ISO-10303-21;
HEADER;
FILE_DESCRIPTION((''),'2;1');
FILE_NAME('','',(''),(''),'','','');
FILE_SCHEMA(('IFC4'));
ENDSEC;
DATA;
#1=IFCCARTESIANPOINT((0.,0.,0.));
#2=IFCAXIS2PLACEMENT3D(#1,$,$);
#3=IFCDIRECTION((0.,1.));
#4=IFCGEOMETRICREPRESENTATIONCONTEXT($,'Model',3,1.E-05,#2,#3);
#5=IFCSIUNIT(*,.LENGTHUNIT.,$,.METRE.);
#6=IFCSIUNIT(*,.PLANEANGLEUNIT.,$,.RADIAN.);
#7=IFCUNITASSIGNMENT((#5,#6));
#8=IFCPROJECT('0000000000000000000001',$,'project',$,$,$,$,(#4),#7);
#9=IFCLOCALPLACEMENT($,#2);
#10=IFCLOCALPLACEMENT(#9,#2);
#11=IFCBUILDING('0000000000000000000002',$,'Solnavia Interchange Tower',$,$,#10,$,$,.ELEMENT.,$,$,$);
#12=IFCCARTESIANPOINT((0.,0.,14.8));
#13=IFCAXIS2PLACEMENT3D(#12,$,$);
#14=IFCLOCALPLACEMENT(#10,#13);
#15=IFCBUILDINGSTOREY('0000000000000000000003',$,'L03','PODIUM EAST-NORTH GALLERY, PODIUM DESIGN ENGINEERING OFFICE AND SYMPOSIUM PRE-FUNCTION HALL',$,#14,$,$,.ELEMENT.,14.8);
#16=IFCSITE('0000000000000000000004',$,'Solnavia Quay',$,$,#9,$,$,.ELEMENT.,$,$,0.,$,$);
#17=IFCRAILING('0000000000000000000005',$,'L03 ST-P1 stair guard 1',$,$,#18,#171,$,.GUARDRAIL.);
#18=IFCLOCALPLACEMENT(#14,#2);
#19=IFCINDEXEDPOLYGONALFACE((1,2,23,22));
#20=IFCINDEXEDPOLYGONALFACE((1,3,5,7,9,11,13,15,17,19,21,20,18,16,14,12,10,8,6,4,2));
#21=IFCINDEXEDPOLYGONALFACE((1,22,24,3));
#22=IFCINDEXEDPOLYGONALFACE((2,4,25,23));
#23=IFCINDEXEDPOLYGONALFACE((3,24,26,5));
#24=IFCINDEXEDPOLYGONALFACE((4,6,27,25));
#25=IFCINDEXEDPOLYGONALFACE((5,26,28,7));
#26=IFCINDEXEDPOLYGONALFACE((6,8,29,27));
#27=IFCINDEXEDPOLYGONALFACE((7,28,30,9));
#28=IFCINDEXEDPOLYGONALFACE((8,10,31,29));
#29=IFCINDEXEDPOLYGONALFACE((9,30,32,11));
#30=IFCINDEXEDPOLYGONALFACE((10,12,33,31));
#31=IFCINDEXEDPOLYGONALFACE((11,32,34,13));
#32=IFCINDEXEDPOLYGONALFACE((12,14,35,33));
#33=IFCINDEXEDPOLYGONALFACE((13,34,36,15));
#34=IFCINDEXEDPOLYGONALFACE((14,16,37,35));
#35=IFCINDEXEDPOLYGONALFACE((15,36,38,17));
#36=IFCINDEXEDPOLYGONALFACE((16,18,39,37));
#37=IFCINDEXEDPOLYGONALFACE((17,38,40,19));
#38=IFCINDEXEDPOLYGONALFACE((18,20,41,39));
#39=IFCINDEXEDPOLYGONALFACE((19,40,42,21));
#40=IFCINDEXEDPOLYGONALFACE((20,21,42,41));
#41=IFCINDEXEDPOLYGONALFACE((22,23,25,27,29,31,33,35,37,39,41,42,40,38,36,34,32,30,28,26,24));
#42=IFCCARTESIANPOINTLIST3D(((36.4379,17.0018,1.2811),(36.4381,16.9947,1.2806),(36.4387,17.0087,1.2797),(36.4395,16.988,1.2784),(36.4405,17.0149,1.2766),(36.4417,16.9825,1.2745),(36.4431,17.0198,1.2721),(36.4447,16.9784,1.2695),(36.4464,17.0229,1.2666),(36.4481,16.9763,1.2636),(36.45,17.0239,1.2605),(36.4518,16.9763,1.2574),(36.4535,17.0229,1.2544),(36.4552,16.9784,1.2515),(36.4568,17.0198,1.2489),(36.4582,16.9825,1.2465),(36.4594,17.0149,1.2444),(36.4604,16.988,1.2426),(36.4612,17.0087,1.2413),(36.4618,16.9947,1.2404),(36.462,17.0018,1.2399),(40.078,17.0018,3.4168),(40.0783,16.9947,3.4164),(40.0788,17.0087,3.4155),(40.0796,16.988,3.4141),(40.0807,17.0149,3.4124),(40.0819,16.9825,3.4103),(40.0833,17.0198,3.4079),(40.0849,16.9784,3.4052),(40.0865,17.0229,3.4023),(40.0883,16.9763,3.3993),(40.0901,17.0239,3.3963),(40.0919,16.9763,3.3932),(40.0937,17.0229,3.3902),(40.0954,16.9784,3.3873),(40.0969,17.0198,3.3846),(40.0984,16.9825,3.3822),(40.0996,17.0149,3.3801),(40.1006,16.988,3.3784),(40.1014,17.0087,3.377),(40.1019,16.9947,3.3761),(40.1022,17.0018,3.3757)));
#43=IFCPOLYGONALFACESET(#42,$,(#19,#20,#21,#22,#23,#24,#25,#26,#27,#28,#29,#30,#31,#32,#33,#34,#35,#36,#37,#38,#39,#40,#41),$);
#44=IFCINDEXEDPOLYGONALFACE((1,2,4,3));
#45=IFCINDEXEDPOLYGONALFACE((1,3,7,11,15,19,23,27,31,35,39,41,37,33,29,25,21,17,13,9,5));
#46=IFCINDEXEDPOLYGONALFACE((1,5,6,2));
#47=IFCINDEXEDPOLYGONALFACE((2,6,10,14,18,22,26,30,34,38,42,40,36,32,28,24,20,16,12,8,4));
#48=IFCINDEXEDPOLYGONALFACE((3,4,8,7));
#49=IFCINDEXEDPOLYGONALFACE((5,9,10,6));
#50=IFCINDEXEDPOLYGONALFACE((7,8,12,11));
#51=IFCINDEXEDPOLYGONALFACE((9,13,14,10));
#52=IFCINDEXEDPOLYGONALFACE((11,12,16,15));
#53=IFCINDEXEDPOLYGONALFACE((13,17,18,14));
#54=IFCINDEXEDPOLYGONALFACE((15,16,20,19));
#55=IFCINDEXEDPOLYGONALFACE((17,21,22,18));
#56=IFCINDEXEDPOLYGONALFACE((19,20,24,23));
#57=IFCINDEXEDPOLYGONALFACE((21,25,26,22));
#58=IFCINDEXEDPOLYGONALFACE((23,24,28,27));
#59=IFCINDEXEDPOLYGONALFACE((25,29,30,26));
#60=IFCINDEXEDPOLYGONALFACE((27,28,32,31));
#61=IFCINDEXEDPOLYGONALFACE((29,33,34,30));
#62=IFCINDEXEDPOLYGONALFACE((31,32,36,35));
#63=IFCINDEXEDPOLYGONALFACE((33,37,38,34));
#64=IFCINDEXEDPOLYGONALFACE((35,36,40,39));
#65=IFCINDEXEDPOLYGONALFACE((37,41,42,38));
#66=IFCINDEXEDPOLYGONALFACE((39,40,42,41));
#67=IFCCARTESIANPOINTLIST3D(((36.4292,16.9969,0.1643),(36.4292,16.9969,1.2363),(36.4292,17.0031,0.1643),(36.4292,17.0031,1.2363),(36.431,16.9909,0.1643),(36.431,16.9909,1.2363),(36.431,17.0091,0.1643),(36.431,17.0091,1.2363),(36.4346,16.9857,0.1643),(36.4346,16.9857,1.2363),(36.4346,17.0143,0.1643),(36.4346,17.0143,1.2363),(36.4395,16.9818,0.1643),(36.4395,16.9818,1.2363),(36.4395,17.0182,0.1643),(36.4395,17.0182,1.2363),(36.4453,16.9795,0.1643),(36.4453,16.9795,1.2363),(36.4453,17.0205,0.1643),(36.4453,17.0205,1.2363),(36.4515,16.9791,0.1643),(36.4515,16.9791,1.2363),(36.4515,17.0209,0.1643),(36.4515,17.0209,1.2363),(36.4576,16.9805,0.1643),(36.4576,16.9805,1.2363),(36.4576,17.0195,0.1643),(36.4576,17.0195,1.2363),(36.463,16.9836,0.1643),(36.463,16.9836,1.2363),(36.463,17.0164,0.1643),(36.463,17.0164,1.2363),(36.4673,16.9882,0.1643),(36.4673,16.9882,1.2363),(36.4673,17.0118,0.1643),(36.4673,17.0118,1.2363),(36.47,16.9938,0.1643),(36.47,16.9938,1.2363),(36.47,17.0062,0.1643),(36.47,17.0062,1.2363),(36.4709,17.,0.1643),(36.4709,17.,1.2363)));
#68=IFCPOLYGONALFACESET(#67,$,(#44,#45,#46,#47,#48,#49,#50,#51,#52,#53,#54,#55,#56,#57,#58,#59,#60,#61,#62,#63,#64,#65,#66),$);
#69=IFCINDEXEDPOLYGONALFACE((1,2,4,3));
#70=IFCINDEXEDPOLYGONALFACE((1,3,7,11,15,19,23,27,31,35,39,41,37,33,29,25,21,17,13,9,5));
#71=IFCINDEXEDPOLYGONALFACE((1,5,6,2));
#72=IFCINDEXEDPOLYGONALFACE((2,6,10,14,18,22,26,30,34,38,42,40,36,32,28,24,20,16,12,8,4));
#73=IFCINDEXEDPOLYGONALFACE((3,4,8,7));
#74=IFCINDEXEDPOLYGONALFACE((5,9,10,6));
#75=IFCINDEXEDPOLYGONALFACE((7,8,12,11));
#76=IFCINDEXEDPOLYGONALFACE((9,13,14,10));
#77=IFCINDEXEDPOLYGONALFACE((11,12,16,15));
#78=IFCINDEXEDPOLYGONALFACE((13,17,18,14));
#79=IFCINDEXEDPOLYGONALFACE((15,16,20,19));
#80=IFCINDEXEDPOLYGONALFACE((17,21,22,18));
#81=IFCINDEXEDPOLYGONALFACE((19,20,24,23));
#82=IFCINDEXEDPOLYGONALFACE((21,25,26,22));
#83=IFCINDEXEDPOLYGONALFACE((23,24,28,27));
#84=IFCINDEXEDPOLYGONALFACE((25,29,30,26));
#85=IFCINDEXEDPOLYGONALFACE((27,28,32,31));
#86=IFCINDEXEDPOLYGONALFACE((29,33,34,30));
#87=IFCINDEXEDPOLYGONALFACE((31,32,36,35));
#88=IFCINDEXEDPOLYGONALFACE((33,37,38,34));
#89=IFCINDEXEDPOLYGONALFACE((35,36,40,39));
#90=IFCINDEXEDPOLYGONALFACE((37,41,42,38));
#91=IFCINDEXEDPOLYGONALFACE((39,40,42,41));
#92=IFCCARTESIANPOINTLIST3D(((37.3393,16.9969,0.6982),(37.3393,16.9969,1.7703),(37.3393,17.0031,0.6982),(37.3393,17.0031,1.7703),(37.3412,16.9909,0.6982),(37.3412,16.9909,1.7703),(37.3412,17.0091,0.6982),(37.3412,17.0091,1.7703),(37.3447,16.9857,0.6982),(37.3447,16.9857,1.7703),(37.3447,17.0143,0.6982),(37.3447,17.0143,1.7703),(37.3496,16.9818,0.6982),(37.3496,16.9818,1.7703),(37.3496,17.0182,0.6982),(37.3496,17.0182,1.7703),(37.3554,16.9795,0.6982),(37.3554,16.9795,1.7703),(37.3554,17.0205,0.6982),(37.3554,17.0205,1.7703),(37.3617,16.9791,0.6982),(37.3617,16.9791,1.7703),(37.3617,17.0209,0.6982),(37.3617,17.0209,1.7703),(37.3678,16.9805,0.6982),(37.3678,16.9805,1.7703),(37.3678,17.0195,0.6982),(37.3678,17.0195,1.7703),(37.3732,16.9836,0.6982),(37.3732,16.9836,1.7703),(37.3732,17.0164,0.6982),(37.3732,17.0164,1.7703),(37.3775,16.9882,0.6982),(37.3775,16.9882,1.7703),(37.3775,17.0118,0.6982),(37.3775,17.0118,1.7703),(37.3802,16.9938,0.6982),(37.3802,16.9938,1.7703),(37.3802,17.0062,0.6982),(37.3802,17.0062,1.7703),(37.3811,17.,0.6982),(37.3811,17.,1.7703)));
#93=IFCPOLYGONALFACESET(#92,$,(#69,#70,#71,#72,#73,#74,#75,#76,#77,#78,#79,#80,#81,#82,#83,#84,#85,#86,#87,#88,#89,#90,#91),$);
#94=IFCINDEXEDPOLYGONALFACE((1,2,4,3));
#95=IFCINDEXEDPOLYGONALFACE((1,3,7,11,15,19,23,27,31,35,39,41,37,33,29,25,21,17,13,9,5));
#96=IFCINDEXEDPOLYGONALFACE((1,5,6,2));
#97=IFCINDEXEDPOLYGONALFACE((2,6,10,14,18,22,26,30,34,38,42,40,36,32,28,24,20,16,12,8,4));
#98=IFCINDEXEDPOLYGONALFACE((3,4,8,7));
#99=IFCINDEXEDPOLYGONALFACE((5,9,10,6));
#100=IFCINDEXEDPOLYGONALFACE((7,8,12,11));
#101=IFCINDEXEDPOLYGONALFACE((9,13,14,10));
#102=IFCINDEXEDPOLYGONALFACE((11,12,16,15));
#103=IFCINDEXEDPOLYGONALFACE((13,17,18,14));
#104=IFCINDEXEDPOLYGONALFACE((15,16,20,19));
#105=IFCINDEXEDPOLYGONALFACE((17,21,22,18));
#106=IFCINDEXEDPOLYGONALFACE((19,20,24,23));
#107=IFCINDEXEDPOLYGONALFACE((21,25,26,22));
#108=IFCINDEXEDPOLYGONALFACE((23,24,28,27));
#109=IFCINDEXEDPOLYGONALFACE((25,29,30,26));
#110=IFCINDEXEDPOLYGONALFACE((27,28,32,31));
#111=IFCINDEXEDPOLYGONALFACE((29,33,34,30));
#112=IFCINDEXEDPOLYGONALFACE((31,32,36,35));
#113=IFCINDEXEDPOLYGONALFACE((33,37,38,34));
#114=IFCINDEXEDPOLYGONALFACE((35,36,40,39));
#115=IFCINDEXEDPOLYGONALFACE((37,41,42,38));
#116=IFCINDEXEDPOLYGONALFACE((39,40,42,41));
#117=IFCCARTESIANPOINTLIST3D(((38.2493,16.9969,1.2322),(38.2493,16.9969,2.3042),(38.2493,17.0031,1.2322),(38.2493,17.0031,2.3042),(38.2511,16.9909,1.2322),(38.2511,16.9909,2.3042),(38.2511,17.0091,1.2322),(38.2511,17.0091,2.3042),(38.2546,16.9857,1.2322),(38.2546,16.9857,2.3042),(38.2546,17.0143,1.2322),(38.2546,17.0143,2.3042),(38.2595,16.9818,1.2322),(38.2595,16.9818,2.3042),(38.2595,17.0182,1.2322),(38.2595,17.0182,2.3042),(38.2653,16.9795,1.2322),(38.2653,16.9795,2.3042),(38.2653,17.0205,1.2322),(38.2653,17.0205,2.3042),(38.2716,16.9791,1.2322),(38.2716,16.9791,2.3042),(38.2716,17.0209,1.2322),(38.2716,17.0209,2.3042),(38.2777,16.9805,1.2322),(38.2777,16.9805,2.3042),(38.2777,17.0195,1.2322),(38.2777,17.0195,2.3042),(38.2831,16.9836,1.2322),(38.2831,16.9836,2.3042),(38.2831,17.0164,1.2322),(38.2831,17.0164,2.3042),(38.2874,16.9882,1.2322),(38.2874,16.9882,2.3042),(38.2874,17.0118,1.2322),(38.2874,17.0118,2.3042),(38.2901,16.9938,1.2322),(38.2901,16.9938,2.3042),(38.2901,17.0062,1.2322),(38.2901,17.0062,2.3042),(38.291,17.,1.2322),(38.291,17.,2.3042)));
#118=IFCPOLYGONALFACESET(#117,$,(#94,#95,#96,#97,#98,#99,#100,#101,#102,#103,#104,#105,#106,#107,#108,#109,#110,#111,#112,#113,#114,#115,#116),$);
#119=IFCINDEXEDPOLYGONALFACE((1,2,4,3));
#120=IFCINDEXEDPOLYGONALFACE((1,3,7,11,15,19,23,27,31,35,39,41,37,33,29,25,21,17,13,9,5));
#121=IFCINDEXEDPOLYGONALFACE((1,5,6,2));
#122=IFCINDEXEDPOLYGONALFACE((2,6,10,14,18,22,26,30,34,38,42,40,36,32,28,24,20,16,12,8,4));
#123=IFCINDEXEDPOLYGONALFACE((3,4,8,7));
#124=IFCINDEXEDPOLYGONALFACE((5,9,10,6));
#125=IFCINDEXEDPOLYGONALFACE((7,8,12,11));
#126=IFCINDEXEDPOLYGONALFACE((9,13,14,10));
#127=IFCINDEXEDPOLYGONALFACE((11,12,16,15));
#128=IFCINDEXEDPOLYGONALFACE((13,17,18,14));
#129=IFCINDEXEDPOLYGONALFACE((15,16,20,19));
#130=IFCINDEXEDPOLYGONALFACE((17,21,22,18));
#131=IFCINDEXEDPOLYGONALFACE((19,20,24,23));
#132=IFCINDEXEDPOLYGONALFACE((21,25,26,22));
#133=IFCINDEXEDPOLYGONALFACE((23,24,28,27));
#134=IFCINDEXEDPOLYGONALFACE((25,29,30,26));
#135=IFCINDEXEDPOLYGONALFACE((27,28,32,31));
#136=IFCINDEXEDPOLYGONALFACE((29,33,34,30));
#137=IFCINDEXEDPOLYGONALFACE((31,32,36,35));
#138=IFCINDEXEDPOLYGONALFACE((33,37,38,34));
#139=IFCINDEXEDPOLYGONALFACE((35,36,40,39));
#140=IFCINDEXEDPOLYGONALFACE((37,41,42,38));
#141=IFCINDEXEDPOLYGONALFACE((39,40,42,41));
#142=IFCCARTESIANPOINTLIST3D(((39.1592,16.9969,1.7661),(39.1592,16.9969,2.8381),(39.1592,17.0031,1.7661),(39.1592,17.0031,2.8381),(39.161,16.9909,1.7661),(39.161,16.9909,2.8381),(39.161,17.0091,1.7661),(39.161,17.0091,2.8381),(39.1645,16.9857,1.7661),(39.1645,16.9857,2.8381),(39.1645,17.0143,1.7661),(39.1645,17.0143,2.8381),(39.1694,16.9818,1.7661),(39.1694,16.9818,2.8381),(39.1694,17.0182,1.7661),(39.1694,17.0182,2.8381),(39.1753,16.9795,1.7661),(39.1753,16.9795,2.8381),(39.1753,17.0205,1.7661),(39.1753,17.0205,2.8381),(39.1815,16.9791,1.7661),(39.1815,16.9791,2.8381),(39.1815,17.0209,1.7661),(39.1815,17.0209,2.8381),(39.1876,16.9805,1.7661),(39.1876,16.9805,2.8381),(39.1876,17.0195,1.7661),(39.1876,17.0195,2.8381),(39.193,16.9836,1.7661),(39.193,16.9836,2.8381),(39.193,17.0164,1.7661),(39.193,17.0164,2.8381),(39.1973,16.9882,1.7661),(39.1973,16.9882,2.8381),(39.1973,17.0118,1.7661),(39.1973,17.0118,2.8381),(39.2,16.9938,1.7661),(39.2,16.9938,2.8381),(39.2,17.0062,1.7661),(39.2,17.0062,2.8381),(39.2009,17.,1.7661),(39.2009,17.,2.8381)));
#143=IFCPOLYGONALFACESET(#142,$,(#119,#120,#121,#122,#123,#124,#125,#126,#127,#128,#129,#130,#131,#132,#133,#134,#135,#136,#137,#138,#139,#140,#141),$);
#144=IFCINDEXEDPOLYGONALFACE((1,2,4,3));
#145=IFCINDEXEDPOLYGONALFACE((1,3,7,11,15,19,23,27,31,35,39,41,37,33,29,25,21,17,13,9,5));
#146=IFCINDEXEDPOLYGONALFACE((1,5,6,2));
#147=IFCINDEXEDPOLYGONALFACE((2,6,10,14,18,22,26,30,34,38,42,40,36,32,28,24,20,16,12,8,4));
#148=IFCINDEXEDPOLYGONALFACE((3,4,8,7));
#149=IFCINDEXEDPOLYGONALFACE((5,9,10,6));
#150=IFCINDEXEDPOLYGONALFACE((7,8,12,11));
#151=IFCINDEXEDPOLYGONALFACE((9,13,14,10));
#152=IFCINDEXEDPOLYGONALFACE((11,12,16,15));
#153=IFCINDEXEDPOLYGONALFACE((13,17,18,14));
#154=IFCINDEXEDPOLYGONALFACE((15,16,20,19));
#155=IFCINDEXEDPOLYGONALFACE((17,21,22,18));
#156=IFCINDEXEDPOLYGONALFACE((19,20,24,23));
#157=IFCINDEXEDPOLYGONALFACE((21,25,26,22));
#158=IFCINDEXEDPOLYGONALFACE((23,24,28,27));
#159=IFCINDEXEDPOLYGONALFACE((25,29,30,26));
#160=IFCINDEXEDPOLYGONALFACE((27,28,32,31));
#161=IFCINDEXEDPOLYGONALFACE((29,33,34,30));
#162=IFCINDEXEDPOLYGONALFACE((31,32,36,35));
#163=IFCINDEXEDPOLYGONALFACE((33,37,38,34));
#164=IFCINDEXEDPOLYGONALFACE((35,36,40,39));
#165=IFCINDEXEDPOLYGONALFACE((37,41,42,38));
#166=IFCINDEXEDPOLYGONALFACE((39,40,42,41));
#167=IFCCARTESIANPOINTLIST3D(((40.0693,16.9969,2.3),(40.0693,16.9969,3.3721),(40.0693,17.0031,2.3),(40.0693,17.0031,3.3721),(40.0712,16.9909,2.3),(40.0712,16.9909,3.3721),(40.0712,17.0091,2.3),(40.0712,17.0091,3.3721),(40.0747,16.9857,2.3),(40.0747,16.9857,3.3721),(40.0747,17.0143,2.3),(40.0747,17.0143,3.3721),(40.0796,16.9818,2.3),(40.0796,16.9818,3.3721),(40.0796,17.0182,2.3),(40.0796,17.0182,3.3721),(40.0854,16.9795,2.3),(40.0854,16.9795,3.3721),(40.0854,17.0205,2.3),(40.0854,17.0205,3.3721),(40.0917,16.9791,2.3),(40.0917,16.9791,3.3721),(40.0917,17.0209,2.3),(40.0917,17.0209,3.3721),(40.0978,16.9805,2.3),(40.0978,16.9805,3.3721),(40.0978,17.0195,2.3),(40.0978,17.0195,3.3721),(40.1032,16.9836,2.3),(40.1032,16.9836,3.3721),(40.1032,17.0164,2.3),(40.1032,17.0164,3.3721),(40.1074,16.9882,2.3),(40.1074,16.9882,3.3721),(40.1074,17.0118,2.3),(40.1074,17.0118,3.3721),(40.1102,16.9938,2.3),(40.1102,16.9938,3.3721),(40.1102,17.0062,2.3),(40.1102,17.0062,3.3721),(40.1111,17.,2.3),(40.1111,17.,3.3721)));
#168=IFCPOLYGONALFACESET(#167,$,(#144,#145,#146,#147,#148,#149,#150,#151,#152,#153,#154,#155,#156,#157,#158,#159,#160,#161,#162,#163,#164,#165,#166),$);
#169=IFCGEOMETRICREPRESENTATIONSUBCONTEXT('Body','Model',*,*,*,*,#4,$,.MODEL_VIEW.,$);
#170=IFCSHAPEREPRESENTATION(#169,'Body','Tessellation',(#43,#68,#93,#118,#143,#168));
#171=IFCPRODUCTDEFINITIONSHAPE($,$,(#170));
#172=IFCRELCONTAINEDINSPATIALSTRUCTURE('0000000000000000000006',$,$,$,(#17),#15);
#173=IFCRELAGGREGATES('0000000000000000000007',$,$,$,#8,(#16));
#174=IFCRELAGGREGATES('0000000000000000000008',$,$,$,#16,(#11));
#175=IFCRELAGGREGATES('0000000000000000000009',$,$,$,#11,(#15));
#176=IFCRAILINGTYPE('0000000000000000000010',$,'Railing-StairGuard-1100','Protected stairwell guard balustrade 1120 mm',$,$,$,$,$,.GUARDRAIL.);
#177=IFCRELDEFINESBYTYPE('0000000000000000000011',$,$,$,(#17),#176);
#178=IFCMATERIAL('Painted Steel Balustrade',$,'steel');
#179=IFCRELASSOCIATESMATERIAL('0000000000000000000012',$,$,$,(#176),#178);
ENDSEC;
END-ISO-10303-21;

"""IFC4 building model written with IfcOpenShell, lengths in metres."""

from ifc_helpers import new_model, si_unit, direction, frame, origin, origin_2d, place, context, subcontext, project, spatial, circle, extrude, material, type_object, element, save


model = new_model("IFC4")

# Units and contexts
model_context = context("Model", 3, precision=1e-05, world=origin(), true_north=direction((0.0, 1.0)))
body_context = subcontext(model_context, "Body", "Model", "MODEL_VIEW")
ifc_project = project(units=[si_unit("LENGTHUNIT", "METRE"), si_unit("PLANEANGLEUNIT", "RADIAN")], contexts=[model_context])

# Site, building, storey
site_placement = place(None, origin())
site = spatial("IfcSite", under=ifc_project, at=site_placement, Name="Solnavia Quay", CompositionType="ELEMENT", RefElevation=0.0)
building_placement = place(site_placement, origin())
building = spatial("IfcBuilding", under=site, at=building_placement, Name="Solnavia Interchange Tower", CompositionType="ELEMENT")
storey_placement = place(building_placement, frame((0.0, 0.0, 14.8)))
storey = spatial("IfcBuildingStorey", under=building, at=storey_placement, Name="L03", Description="PODIUM EAST-NORTH GALLERY, PODIUM DESIGN ENGINEERING OFFICE AND SYMPOSIUM PRE-FUNCTION HALL", CompositionType="ELEMENT", Elevation=14.8)

# Railing
ifc_material_1 = material(Name="Painted Steel Balustrade", Category="steel")
railing_type_1 = type_object("IfcRailingType", Name="Railing-StairGuard-1100", Description="Protected stairwell guard balustrade 1120 mm", PredefinedType="GUARDRAIL", material=ifc_material_1)
railing_1_placement = place(storey_placement, frame((36.45, 17.0, 0.1643)))
element("IfcRailing", 1, at=railing_1_placement, inside=storey, type_object=railing_type_1, Name="L03 ST-P1 stair guard 1", PredefinedType="GUARDRAIL", context=body_context, shape_type="SweptSolid", body=[
    extrude(circle(Radius=0.0239, at=origin_2d()), frame((0.0, 0.0, 1.0962), z_axis=(0.862505, 0.0, 0.506049), x_axis=(0.0, 1.0, 0.0)), (0.0, 0.0, 1.0), 4.2205),
    extrude(circle(Radius=0.021, at=origin_2d()), origin(), (0.0, 0.0, 1.0), 1.072),
    extrude(circle(Radius=0.021, at=origin_2d()), frame((0.9102, 0.0, 0.5339)), (0.0, 0.0, 1.0), 1.072),
    extrude(circle(Radius=0.021, at=origin_2d()), frame((1.8201, 0.0, 1.0679)), (0.0, 0.0, 1.0), 1.072),
    extrude(circle(Radius=0.021, at=origin_2d()), frame((2.73, 0.0, 1.6018)), (0.0, 0.0, 1.0), 1.072),
    extrude(circle(Radius=0.021, at=origin_2d()), frame((3.6401, 0.0, 2.1357)), (0.0, 0.0, 1.0), 1.072),
])

save(model, "model.ifc")
